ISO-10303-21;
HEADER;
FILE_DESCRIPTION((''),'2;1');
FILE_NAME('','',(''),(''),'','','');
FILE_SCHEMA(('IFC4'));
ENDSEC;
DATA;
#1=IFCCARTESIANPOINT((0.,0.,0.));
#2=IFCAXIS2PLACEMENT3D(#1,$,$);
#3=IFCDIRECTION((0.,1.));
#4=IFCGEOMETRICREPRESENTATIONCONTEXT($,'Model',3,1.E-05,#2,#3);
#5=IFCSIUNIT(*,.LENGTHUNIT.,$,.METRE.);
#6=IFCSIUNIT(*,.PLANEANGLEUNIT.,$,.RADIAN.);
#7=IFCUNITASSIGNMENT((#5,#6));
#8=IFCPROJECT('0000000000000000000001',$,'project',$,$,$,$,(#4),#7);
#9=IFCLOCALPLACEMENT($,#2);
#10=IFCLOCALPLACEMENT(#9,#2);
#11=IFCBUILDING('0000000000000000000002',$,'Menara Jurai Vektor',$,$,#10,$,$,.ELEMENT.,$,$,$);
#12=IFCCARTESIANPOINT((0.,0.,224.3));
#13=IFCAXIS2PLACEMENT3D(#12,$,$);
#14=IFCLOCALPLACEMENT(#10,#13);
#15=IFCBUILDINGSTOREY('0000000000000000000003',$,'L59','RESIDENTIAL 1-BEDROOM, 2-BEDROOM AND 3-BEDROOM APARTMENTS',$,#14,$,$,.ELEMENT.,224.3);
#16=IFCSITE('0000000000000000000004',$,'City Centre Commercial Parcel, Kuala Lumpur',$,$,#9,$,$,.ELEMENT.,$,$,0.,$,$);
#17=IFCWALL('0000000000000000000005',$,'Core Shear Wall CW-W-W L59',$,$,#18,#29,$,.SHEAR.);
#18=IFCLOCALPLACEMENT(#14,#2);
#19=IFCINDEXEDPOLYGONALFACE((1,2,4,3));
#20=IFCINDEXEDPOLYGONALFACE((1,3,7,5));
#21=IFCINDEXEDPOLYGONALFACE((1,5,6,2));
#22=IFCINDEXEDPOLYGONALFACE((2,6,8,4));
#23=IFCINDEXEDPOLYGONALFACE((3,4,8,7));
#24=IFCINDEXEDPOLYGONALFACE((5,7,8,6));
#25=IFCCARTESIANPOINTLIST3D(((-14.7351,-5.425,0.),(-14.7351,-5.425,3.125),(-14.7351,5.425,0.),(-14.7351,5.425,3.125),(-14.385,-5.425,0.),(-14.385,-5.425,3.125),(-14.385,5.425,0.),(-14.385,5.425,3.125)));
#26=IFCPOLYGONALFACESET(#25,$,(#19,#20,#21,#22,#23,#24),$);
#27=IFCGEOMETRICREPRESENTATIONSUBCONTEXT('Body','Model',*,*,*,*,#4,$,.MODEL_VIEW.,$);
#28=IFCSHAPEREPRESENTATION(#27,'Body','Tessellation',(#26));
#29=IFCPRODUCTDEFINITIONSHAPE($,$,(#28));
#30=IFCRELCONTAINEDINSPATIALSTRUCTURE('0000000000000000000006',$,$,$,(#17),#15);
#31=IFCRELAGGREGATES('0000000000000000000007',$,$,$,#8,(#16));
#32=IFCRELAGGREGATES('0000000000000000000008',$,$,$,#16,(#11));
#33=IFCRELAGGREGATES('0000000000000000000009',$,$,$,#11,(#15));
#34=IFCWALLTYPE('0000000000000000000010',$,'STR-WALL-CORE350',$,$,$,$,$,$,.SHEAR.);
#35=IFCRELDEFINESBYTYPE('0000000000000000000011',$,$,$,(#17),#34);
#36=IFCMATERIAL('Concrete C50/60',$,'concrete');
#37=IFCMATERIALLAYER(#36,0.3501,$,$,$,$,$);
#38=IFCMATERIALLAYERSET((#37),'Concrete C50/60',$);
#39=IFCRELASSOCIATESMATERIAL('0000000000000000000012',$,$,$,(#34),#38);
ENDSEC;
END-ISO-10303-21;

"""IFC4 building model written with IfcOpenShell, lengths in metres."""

from ifc_helpers import new_model, si_unit, direction, frame, frame_2d, origin, place, context, subcontext, project, spatial, rectangle, extrude, material, layer, layer_set, type_object, element, save


model = new_model("IFC4")

# Units and contexts
model_context = context("Model", 3, precision=1e-05, world=origin(), true_north=direction((0.0, 1.0)))
body_context = subcontext(model_context, "Body", "Model", "MODEL_VIEW")
ifc_project = project(units=[si_unit("LENGTHUNIT", "METRE"), si_unit("PLANEANGLEUNIT", "RADIAN")], contexts=[model_context])

# Site, building, storey
site_placement = place(None, origin())
site = spatial("IfcSite", under=ifc_project, at=site_placement, Name="City Centre Commercial Parcel, Kuala Lumpur", CompositionType="ELEMENT", RefElevation=0.0)
building_placement = place(site_placement, origin())
building = spatial("IfcBuilding", under=site, at=building_placement, Name="Menara Jurai Vektor", CompositionType="ELEMENT")
storey_placement = place(building_placement, frame((0.0, 0.0, 224.3)))
storey = spatial("IfcBuildingStorey", under=building, at=storey_placement, Name="L59", Description="RESIDENTIAL 1-BEDROOM, 2-BEDROOM AND 3-BEDROOM APARTMENTS", CompositionType="ELEMENT", Elevation=224.3)

# Shared definitions
ifc_material_1 = material(Name="Concrete C50/60", Category="concrete")

# Wall
ifc_layer_1 = layer(ifc_material_1, 0.3501)
ifc_layer_set_1 = layer_set([ifc_layer_1], Name="Concrete C50/60")
wall_type_1 = type_object("IfcWallType", Name="STR-WALL-CORE350", PredefinedType="SHEAR", material=ifc_layer_set_1)
wall_1_placement = place(storey_placement, frame((-14.5601, -5.425, 0.0), z_axis=(0.0, 0.0, 1.0), x_axis=(0.0, 1.0, 0.0)))
element("IfcWall", 1, at=wall_1_placement, inside=storey, type_object=wall_type_1, Name="Core Shear Wall CW-W-W L59", PredefinedType="SHEAR", context=body_context, shape_type="SweptSolid", body=[
    extrude(rectangle(XDim=10.8501, YDim=0.3501, at=frame_2d((5.425, 0.0))), origin(), (0.0, 0.0, 1.0), 3.125),
])

save(model, "model.ifc")
